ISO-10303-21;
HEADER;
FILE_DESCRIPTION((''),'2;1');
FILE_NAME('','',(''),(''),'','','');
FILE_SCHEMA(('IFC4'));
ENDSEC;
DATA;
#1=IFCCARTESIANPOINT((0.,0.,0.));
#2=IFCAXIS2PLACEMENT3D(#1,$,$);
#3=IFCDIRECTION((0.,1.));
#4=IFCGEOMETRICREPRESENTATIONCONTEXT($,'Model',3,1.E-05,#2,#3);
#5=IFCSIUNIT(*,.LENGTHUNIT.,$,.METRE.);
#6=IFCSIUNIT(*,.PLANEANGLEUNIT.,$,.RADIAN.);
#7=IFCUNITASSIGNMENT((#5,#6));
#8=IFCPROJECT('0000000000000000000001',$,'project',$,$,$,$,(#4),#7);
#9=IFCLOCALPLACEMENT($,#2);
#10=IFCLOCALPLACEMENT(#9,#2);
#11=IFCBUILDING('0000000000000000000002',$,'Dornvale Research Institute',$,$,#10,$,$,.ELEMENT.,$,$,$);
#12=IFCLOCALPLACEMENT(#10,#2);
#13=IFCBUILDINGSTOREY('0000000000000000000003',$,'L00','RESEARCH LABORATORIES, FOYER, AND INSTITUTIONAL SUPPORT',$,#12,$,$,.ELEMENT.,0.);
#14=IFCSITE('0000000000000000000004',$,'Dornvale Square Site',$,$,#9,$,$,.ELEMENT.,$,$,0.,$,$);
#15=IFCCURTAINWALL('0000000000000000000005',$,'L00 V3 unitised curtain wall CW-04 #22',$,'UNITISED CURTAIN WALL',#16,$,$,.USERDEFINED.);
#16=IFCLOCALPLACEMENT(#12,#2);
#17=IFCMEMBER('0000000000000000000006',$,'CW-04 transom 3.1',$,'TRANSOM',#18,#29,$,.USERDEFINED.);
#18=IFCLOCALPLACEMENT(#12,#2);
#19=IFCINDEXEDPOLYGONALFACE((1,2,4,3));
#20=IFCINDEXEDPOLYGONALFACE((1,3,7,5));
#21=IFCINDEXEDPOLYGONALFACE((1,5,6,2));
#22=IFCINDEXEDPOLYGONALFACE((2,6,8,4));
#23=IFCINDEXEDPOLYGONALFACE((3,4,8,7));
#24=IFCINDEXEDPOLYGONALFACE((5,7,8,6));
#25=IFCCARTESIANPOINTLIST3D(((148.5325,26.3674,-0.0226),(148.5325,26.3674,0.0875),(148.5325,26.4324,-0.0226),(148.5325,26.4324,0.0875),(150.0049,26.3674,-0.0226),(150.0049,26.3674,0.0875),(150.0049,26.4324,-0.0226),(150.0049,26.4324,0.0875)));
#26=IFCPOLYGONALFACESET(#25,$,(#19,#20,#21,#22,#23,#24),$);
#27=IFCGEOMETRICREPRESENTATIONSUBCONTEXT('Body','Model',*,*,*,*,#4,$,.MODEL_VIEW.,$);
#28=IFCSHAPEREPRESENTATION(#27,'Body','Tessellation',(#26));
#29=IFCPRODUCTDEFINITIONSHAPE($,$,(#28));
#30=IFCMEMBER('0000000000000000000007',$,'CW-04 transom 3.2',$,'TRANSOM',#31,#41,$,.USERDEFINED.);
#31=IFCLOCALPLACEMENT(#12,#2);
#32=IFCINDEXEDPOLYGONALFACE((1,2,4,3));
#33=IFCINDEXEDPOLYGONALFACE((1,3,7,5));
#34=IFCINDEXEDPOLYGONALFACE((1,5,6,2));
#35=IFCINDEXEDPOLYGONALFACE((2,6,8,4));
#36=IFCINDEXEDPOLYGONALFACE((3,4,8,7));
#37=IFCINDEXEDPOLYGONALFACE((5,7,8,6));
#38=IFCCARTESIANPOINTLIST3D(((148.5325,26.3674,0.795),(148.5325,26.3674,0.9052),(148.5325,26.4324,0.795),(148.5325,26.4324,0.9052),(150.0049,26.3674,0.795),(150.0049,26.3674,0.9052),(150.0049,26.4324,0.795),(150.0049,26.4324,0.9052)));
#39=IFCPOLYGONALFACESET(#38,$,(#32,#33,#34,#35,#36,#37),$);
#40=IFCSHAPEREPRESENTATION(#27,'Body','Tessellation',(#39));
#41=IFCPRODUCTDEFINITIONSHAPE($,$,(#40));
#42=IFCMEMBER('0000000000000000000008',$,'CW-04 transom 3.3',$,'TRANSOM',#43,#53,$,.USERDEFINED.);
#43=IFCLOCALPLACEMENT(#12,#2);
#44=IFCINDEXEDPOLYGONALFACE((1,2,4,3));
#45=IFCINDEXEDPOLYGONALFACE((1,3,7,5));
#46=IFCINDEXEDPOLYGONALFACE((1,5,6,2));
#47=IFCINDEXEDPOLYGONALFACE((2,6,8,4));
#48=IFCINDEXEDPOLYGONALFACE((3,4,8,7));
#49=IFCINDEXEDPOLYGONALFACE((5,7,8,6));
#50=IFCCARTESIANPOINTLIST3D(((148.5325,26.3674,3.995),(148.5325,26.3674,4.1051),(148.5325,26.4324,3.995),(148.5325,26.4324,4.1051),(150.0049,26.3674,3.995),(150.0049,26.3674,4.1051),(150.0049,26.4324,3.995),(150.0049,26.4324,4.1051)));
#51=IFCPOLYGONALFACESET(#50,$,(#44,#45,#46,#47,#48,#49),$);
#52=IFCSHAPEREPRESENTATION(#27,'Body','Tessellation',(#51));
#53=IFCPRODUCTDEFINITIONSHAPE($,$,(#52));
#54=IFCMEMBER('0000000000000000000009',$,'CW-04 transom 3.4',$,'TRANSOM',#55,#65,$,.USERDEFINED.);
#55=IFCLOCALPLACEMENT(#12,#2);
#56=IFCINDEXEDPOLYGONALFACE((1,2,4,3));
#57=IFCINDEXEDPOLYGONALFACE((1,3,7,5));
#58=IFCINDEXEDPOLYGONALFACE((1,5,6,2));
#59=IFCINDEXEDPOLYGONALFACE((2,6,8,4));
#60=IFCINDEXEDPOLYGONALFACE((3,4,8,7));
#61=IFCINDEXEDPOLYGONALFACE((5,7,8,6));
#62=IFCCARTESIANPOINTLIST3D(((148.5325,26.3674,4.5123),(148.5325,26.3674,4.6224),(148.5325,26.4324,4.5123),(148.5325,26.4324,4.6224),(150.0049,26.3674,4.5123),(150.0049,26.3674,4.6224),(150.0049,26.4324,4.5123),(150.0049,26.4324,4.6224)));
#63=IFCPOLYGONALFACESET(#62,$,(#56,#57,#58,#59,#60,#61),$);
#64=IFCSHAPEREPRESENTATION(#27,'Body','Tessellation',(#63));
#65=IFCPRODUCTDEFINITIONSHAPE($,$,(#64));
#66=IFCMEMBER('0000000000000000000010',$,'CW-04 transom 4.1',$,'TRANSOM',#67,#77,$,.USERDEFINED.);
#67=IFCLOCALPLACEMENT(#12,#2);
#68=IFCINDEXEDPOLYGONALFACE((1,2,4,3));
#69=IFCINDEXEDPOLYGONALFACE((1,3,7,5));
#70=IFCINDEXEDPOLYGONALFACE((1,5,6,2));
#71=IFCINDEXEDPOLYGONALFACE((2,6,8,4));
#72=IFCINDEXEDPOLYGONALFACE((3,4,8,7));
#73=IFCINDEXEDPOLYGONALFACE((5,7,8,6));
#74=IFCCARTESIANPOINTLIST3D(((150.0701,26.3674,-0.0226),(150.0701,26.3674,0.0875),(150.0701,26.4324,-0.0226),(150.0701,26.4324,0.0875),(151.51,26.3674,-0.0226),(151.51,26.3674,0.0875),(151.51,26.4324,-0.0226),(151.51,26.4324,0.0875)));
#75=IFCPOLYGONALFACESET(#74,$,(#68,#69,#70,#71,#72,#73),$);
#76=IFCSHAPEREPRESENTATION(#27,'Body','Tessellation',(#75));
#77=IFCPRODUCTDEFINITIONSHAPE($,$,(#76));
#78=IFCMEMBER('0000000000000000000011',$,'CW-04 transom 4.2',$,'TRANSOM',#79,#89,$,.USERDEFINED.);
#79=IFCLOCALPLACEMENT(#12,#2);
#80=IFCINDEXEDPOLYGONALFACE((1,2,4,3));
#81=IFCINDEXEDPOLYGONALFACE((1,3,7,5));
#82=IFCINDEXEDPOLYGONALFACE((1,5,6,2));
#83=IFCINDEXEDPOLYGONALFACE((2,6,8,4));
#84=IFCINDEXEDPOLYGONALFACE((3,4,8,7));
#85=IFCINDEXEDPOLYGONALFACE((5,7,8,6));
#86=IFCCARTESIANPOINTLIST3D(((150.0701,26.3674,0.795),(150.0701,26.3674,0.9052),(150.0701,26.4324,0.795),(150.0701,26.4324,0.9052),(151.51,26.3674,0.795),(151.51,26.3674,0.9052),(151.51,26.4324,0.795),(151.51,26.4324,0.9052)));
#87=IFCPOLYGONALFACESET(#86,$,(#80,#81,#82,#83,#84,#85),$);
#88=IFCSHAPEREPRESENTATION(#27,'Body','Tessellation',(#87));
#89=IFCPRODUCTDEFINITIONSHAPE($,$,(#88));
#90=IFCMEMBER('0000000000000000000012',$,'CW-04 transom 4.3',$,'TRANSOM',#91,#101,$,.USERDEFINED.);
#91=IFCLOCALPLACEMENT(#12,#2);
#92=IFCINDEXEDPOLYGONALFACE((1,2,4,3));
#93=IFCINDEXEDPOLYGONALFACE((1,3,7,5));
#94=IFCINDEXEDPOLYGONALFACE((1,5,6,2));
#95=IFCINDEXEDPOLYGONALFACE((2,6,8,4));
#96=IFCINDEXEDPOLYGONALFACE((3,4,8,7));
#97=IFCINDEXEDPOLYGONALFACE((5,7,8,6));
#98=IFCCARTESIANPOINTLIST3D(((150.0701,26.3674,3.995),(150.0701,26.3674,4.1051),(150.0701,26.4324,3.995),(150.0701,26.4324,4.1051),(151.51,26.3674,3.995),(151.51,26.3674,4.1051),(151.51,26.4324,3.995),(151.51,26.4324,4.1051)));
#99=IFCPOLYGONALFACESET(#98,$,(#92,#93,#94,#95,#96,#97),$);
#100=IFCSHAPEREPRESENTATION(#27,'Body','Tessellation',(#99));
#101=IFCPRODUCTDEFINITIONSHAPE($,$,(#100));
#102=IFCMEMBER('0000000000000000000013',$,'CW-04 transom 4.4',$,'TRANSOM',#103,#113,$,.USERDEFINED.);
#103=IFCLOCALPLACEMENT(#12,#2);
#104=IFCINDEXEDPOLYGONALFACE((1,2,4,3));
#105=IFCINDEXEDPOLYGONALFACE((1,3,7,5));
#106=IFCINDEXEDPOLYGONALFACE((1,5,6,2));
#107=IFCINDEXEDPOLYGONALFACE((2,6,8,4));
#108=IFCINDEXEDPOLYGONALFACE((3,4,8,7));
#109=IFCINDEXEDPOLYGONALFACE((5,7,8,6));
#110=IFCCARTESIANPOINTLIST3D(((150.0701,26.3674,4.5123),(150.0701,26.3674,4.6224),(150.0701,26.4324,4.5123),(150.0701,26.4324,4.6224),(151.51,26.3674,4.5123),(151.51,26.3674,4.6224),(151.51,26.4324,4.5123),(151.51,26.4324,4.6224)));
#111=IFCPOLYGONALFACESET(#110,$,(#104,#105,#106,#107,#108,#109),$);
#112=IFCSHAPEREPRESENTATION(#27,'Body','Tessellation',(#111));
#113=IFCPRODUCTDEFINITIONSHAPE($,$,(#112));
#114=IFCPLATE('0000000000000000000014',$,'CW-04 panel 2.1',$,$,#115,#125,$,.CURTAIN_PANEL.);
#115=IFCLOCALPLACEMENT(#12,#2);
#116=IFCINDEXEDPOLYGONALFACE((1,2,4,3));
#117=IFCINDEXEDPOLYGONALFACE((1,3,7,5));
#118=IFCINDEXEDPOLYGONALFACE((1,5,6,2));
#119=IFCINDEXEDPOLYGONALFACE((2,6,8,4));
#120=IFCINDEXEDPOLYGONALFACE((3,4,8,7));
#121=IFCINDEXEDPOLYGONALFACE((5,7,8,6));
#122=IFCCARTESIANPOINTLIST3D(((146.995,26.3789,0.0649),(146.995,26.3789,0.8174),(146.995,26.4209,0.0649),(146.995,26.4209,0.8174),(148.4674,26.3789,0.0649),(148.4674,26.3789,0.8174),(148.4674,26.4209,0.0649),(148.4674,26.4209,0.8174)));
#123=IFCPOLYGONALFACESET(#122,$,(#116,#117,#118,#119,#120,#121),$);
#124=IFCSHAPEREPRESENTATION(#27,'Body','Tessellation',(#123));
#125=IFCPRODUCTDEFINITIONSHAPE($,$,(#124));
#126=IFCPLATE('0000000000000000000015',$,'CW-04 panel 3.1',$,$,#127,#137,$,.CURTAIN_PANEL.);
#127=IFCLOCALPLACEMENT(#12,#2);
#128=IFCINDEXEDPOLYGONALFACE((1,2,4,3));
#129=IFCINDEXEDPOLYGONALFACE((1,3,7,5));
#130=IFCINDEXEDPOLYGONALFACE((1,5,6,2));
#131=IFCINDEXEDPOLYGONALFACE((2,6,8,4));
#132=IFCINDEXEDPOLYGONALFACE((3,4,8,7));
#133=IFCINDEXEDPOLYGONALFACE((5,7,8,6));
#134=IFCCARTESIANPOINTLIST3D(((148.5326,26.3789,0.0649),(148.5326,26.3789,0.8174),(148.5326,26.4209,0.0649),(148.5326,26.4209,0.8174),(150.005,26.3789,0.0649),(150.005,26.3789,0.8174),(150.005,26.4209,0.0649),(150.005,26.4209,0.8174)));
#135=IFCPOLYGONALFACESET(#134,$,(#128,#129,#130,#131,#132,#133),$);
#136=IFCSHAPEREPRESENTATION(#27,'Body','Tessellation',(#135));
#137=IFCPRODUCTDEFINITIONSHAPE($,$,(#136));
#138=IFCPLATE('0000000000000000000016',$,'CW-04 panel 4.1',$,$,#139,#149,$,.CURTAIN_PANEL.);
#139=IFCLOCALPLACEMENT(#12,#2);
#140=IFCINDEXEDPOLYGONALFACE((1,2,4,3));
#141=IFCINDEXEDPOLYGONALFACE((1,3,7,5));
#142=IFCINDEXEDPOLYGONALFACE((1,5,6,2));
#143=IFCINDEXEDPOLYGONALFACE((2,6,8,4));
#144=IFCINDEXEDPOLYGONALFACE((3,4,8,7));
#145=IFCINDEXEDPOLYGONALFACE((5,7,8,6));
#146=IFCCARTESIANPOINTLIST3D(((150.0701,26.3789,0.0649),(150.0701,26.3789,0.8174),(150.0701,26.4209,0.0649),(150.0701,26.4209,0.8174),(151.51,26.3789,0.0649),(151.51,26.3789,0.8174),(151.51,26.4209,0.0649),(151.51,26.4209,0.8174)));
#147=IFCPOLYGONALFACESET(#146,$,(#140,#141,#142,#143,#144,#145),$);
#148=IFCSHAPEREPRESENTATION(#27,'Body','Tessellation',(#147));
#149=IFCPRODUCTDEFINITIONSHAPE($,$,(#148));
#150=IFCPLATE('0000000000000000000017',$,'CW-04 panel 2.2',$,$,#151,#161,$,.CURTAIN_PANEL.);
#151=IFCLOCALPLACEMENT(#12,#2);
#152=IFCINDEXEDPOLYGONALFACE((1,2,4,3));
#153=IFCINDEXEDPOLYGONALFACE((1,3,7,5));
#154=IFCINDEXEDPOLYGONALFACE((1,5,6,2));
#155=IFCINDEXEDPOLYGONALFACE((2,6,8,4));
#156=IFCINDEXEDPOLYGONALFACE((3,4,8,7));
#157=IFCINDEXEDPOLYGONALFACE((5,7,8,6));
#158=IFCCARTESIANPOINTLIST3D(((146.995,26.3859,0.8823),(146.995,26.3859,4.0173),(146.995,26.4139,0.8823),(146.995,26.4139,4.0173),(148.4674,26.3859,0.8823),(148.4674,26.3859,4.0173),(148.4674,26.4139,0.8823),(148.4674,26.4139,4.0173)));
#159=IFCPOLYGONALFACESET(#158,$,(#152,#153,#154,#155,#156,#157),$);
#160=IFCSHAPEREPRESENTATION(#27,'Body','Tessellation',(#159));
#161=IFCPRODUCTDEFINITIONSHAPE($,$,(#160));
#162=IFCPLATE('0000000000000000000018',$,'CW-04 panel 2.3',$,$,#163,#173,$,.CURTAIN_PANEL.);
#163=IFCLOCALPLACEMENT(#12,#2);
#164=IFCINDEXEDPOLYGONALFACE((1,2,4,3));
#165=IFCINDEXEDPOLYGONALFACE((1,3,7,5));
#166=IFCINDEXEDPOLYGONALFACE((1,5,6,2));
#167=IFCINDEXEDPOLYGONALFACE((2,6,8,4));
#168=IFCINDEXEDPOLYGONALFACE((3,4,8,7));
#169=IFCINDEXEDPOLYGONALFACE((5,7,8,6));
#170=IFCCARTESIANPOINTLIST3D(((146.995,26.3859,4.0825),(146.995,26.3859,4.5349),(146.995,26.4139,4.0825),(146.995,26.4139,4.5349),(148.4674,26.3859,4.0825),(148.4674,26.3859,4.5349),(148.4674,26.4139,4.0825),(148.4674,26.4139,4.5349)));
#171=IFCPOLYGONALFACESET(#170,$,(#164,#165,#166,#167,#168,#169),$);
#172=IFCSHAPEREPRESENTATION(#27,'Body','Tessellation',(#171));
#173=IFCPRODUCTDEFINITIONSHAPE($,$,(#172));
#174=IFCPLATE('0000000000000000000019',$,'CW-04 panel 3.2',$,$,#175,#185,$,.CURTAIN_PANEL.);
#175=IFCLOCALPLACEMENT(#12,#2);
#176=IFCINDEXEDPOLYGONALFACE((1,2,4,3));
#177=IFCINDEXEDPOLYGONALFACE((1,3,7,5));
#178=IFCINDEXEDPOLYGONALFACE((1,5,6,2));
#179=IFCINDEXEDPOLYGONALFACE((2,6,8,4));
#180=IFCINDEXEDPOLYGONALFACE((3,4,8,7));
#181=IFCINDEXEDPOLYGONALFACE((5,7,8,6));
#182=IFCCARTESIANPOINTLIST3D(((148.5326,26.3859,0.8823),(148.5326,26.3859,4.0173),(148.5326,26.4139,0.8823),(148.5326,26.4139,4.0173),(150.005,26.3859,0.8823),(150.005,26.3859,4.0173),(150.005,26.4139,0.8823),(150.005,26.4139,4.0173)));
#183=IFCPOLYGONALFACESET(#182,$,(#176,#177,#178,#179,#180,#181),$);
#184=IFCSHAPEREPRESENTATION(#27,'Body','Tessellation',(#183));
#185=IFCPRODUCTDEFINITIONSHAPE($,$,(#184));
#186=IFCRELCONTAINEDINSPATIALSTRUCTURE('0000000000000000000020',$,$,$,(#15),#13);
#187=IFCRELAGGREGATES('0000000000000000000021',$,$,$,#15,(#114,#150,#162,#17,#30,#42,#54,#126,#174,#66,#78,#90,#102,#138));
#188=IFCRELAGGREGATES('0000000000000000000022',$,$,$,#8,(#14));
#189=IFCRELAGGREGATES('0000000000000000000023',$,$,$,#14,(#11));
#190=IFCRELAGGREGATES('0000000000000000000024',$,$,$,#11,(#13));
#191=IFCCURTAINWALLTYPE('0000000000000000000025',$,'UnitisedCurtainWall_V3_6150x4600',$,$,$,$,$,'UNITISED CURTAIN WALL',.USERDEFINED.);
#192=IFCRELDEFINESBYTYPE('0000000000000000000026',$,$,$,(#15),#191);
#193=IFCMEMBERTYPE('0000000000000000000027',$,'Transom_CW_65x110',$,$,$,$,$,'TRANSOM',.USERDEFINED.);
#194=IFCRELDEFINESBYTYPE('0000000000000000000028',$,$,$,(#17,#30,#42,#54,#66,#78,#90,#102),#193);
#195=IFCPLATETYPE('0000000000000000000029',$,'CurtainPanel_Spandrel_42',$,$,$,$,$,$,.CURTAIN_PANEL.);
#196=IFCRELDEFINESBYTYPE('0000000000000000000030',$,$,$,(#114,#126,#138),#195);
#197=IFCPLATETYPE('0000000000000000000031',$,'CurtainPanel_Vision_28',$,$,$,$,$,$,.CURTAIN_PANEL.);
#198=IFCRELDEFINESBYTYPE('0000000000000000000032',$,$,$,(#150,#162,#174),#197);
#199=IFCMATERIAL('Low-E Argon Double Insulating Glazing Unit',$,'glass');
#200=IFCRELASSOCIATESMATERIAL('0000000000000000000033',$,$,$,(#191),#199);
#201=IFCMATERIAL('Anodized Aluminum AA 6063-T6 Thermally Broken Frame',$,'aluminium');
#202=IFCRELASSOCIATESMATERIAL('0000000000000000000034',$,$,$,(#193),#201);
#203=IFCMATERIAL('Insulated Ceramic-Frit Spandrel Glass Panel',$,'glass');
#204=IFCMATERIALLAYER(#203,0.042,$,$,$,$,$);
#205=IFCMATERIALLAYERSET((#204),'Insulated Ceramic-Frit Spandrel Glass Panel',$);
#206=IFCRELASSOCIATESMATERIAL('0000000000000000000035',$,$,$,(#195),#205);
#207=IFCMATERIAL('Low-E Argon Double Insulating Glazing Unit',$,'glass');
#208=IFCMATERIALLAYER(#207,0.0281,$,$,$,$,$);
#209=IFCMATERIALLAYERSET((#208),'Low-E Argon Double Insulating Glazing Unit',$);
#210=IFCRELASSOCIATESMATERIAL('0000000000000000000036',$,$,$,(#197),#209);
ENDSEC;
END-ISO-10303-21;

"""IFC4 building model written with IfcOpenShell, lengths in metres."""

from ifc_helpers import new_model, si_unit, direction, frame, origin, origin_2d, place, context, subcontext, project, spatial, rectangle, extrude, material, layer, layer_set, material_profile, profile_set, type_object, element, aggregate, save


model = new_model("IFC4")

# Units and contexts
model_context = context("Model", 3, precision=1e-05, world=origin(), true_north=direction((0.0, 1.0)))
body_context = subcontext(model_context, "Body", "Model", "MODEL_VIEW")
ifc_project = project(units=[si_unit("LENGTHUNIT", "METRE"), si_unit("PLANEANGLEUNIT", "RADIAN")], contexts=[model_context])

# Site, building, storey
site_placement = place(None, origin())
site = spatial("IfcSite", under=ifc_project, at=site_placement, Name="Dornvale Square Site", CompositionType="ELEMENT", RefElevation=0.0)
building_placement = place(site_placement, origin())
building = spatial("IfcBuilding", under=site, at=building_placement, Name="Dornvale Research Institute", CompositionType="ELEMENT")
storey_placement = place(building_placement, origin())
storey = spatial("IfcBuildingStorey", under=building, at=storey_placement, Name="L00", Description="RESEARCH LABORATORIES, FOYER, AND INSTITUTIONAL SUPPORT", CompositionType="ELEMENT", Elevation=0.0)

# Curtain wall, members, plates
ifc_material_1 = material(Name="Low-E Argon Double Insulating Glazing Unit", Category="glass")
curtain_wall_type = type_object("IfcCurtainWallType", Name="UnitisedCurtainWall_V3_6150x4600", ElementType="UNITISED CURTAIN WALL", PredefinedType="USERDEFINED", material=ifc_material_1)
curtain_wall_placement = place(storey_placement, origin())
curtain_wall = element("IfcCurtainWall", 1, at=curtain_wall_placement, inside=storey, type_object=curtain_wall_type, Name="L00 V3 unitised curtain wall CW-04 #22", ObjectType="UNITISED CURTAIN WALL", PredefinedType="USERDEFINED")
ifc_material_2 = material(Name="Anodized Aluminum AA 6063-T6 Thermally Broken Frame", Category="aluminium")
ifc_material_profile_1 = material_profile(ifc_material_2, rectangle(XDim=0.0649, YDim=0.1101, at=origin_2d()), Name="ALU TRANSOM 65x110")
ifc_profile_set_1 = profile_set([ifc_material_profile_1], Name="Anodized Aluminum AA 6063-T6 Thermally Broken Frame")
member_type_1 = type_object("IfcMemberType", Name="Transom_CW_65x110", ElementType="TRANSOM", PredefinedType="USERDEFINED", material=ifc_profile_set_1)
member_1_placement = place(storey_placement, frame((148.5325, 26.3999, 0.0325), z_axis=(1.0, 0.0, 0.0), x_axis=(0.0, 1.0, 0.0)))
member_1 = element("IfcMember", 2, at=member_1_placement, type_object=member_type_1, Name="CW-04 transom 3.1", ObjectType="TRANSOM", PredefinedType="USERDEFINED", context=body_context, shape_type="SweptSolid", body=[
    extrude(rectangle(XDim=0.0649, YDim=0.1101, at=origin_2d()), origin(), (0.0, 0.0, 1.0), 1.4724),
])
member_2_placement = place(storey_placement, frame((148.5325, 26.3999, 0.8501), z_axis=(1.0, 0.0, 0.0), x_axis=(0.0, 1.0, 0.0)))
member_2 = element("IfcMember", 3, at=member_2_placement, type_object=member_type_1, Name="CW-04 transom 3.2", ObjectType="TRANSOM", PredefinedType="USERDEFINED", context=body_context, shape_type="SweptSolid", body=[
    extrude(rectangle(XDim=0.0649, YDim=0.1101, at=origin_2d()), origin(), (0.0, 0.0, 1.0), 1.4724),
])
member_3_placement = place(storey_placement, frame((148.5325, 26.3999, 4.05), z_axis=(1.0, 0.0, 0.0), x_axis=(0.0, 1.0, 0.0)))
member_3 = element("IfcMember", 4, at=member_3_placement, type_object=member_type_1, Name="CW-04 transom 3.3", ObjectType="TRANSOM", PredefinedType="USERDEFINED", context=body_context, shape_type="SweptSolid", body=[
    extrude(rectangle(XDim=0.0649, YDim=0.1101, at=origin_2d()), origin(), (0.0, 0.0, 1.0), 1.4724),
])
member_4_placement = place(storey_placement, frame((148.5325, 26.3999, 4.5674), z_axis=(1.0, 0.0, 0.0), x_axis=(0.0, 1.0, 0.0)))
member_4 = element("IfcMember", 5, at=member_4_placement, type_object=member_type_1, Name="CW-04 transom 3.4", ObjectType="TRANSOM", PredefinedType="USERDEFINED", context=body_context, shape_type="SweptSolid", body=[
    extrude(rectangle(XDim=0.0649, YDim=0.1101, at=origin_2d()), origin(), (0.0, 0.0, 1.0), 1.4724),
])
member_5_placement = place(storey_placement, frame((150.0701, 26.3999, 0.0325), z_axis=(1.0, 0.0, 0.0), x_axis=(0.0, 1.0, 0.0)))
member_5 = element("IfcMember", 6, at=member_5_placement, type_object=member_type_1, Name="CW-04 transom 4.1", ObjectType="TRANSOM", PredefinedType="USERDEFINED", context=body_context, shape_type="SweptSolid", body=[
    extrude(rectangle(XDim=0.0649, YDim=0.1101, at=origin_2d()), origin(), (0.0, 0.0, 1.0), 1.4399),
])
member_6_placement = place(storey_placement, frame((150.0701, 26.3999, 0.8501), z_axis=(1.0, 0.0, 0.0), x_axis=(0.0, 1.0, 0.0)))
member_6 = element("IfcMember", 7, at=member_6_placement, type_object=member_type_1, Name="CW-04 transom 4.2", ObjectType="TRANSOM", PredefinedType="USERDEFINED", context=body_context, shape_type="SweptSolid", body=[
    extrude(rectangle(XDim=0.0649, YDim=0.1101, at=origin_2d()), origin(), (0.0, 0.0, 1.0), 1.4399),
])
member_7_placement = place(storey_placement, frame((150.0701, 26.3999, 4.05), z_axis=(1.0, 0.0, 0.0), x_axis=(0.0, 1.0, 0.0)))
member_7 = element("IfcMember", 8, at=member_7_placement, type_object=member_type_1, Name="CW-04 transom 4.3", ObjectType="TRANSOM", PredefinedType="USERDEFINED", context=body_context, shape_type="SweptSolid", body=[
    extrude(rectangle(XDim=0.0649, YDim=0.1101, at=origin_2d()), origin(), (0.0, 0.0, 1.0), 1.4399),
])
member_8_placement = place(storey_placement, frame((150.0701, 26.3999, 4.5674), z_axis=(1.0, 0.0, 0.0), x_axis=(0.0, 1.0, 0.0)))
member_8 = element("IfcMember", 9, at=member_8_placement, type_object=member_type_1, Name="CW-04 transom 4.4", ObjectType="TRANSOM", PredefinedType="USERDEFINED", context=body_context, shape_type="SweptSolid", body=[
    extrude(rectangle(XDim=0.0649, YDim=0.1101, at=origin_2d()), origin(), (0.0, 0.0, 1.0), 1.4399),
])
ifc_material_3 = material(Name="Insulated Ceramic-Frit Spandrel Glass Panel", Category="glass")
ifc_layer_1 = layer(ifc_material_3, 0.042)
ifc_layer_set_1 = layer_set([ifc_layer_1], Name="Insulated Ceramic-Frit Spandrel Glass Panel")
plate_type_1 = type_object("IfcPlateType", Name="CurtainPanel_Spandrel_42", PredefinedType="CURTAIN_PANEL", material=ifc_layer_set_1)
plate_1_placement = place(storey_placement, frame((147.7312, 26.3999, 0.0649), z_axis=(0.0, 0.0, 1.0), x_axis=(1.0, 0.0, 0.0)))
plate_1 = element("IfcPlate", 10, at=plate_1_placement, type_object=plate_type_1, Name="CW-04 panel 2.1", PredefinedType="CURTAIN_PANEL", context=body_context, shape_type="SweptSolid", body=[
    extrude(rectangle(XDim=1.4724, YDim=0.042, at=origin_2d()), origin(), (0.0, 0.0, 1.0), 0.7524),
])
plate_2_placement = place(storey_placement, frame((149.2688, 26.3999, 0.0649), z_axis=(0.0, 0.0, 1.0), x_axis=(1.0, 0.0, 0.0)))
plate_2 = element("IfcPlate", 11, at=plate_2_placement, type_object=plate_type_1, Name="CW-04 panel 3.1", PredefinedType="CURTAIN_PANEL", context=body_context, shape_type="SweptSolid", body=[
    extrude(rectangle(XDim=1.4724, YDim=0.042, at=origin_2d()), origin(), (0.0, 0.0, 1.0), 0.7524),
])
plate_3_placement = place(storey_placement, frame((150.79, 26.3999, 0.0649), z_axis=(0.0, 0.0, 1.0), x_axis=(1.0, 0.0, 0.0)))
plate_3 = element("IfcPlate", 12, at=plate_3_placement, type_object=plate_type_1, Name="CW-04 panel 4.1", PredefinedType="CURTAIN_PANEL", context=body_context, shape_type="SweptSolid", body=[
    extrude(rectangle(XDim=1.4399, YDim=0.042, at=origin_2d()), origin(), (0.0, 0.0, 1.0), 0.7524),
])
ifc_material_4 = material(Name="Low-E Argon Double Insulating Glazing Unit", Category="glass")
ifc_layer_2 = layer(ifc_material_4, 0.0281)
ifc_layer_set_2 = layer_set([ifc_layer_2], Name="Low-E Argon Double Insulating Glazing Unit")
plate_type_2 = type_object("IfcPlateType", Name="CurtainPanel_Vision_28", PredefinedType="CURTAIN_PANEL", material=ifc_layer_set_2)
plate_4_placement = place(storey_placement, frame((147.7312, 26.3999, 0.8823), z_axis=(0.0, 0.0, 1.0), x_axis=(1.0, 0.0, 0.0)))
plate_4 = element("IfcPlate", 13, at=plate_4_placement, type_object=plate_type_2, Name="CW-04 panel 2.2", PredefinedType="CURTAIN_PANEL", context=body_context, shape_type="SweptSolid", body=[
    extrude(rectangle(XDim=1.4724, YDim=0.0281, at=origin_2d()), origin(), (0.0, 0.0, 1.0), 3.135),
])
plate_5_placement = place(storey_placement, frame((147.7312, 26.3999, 4.0825), z_axis=(0.0, 0.0, 1.0), x_axis=(1.0, 0.0, 0.0)))
plate_5 = element("IfcPlate", 14, at=plate_5_placement, type_object=plate_type_2, Name="CW-04 panel 2.3", PredefinedType="CURTAIN_PANEL", context=body_context, shape_type="SweptSolid", body=[
    extrude(rectangle(XDim=1.4724, YDim=0.0281, at=origin_2d()), origin(), (0.0, 0.0, 1.0), 0.4524),
])
plate_6_placement = place(storey_placement, frame((149.2688, 26.3999, 0.8823), z_axis=(0.0, 0.0, 1.0), x_axis=(1.0, 0.0, 0.0)))
plate_6 = element("IfcPlate", 15, at=plate_6_placement, type_object=plate_type_2, Name="CW-04 panel 3.2", PredefinedType="CURTAIN_PANEL", context=body_context, shape_type="SweptSolid", body=[
    extrude(rectangle(XDim=1.4724, YDim=0.0281, at=origin_2d()), origin(), (0.0, 0.0, 1.0), 3.135),
])
aggregate(curtain_wall, [plate_1, plate_4, plate_5, member_1, member_2, member_3, member_4, plate_2, plate_6, member_5, member_6, member_7, member_8, plate_3])

save(model, "model.ifc")
